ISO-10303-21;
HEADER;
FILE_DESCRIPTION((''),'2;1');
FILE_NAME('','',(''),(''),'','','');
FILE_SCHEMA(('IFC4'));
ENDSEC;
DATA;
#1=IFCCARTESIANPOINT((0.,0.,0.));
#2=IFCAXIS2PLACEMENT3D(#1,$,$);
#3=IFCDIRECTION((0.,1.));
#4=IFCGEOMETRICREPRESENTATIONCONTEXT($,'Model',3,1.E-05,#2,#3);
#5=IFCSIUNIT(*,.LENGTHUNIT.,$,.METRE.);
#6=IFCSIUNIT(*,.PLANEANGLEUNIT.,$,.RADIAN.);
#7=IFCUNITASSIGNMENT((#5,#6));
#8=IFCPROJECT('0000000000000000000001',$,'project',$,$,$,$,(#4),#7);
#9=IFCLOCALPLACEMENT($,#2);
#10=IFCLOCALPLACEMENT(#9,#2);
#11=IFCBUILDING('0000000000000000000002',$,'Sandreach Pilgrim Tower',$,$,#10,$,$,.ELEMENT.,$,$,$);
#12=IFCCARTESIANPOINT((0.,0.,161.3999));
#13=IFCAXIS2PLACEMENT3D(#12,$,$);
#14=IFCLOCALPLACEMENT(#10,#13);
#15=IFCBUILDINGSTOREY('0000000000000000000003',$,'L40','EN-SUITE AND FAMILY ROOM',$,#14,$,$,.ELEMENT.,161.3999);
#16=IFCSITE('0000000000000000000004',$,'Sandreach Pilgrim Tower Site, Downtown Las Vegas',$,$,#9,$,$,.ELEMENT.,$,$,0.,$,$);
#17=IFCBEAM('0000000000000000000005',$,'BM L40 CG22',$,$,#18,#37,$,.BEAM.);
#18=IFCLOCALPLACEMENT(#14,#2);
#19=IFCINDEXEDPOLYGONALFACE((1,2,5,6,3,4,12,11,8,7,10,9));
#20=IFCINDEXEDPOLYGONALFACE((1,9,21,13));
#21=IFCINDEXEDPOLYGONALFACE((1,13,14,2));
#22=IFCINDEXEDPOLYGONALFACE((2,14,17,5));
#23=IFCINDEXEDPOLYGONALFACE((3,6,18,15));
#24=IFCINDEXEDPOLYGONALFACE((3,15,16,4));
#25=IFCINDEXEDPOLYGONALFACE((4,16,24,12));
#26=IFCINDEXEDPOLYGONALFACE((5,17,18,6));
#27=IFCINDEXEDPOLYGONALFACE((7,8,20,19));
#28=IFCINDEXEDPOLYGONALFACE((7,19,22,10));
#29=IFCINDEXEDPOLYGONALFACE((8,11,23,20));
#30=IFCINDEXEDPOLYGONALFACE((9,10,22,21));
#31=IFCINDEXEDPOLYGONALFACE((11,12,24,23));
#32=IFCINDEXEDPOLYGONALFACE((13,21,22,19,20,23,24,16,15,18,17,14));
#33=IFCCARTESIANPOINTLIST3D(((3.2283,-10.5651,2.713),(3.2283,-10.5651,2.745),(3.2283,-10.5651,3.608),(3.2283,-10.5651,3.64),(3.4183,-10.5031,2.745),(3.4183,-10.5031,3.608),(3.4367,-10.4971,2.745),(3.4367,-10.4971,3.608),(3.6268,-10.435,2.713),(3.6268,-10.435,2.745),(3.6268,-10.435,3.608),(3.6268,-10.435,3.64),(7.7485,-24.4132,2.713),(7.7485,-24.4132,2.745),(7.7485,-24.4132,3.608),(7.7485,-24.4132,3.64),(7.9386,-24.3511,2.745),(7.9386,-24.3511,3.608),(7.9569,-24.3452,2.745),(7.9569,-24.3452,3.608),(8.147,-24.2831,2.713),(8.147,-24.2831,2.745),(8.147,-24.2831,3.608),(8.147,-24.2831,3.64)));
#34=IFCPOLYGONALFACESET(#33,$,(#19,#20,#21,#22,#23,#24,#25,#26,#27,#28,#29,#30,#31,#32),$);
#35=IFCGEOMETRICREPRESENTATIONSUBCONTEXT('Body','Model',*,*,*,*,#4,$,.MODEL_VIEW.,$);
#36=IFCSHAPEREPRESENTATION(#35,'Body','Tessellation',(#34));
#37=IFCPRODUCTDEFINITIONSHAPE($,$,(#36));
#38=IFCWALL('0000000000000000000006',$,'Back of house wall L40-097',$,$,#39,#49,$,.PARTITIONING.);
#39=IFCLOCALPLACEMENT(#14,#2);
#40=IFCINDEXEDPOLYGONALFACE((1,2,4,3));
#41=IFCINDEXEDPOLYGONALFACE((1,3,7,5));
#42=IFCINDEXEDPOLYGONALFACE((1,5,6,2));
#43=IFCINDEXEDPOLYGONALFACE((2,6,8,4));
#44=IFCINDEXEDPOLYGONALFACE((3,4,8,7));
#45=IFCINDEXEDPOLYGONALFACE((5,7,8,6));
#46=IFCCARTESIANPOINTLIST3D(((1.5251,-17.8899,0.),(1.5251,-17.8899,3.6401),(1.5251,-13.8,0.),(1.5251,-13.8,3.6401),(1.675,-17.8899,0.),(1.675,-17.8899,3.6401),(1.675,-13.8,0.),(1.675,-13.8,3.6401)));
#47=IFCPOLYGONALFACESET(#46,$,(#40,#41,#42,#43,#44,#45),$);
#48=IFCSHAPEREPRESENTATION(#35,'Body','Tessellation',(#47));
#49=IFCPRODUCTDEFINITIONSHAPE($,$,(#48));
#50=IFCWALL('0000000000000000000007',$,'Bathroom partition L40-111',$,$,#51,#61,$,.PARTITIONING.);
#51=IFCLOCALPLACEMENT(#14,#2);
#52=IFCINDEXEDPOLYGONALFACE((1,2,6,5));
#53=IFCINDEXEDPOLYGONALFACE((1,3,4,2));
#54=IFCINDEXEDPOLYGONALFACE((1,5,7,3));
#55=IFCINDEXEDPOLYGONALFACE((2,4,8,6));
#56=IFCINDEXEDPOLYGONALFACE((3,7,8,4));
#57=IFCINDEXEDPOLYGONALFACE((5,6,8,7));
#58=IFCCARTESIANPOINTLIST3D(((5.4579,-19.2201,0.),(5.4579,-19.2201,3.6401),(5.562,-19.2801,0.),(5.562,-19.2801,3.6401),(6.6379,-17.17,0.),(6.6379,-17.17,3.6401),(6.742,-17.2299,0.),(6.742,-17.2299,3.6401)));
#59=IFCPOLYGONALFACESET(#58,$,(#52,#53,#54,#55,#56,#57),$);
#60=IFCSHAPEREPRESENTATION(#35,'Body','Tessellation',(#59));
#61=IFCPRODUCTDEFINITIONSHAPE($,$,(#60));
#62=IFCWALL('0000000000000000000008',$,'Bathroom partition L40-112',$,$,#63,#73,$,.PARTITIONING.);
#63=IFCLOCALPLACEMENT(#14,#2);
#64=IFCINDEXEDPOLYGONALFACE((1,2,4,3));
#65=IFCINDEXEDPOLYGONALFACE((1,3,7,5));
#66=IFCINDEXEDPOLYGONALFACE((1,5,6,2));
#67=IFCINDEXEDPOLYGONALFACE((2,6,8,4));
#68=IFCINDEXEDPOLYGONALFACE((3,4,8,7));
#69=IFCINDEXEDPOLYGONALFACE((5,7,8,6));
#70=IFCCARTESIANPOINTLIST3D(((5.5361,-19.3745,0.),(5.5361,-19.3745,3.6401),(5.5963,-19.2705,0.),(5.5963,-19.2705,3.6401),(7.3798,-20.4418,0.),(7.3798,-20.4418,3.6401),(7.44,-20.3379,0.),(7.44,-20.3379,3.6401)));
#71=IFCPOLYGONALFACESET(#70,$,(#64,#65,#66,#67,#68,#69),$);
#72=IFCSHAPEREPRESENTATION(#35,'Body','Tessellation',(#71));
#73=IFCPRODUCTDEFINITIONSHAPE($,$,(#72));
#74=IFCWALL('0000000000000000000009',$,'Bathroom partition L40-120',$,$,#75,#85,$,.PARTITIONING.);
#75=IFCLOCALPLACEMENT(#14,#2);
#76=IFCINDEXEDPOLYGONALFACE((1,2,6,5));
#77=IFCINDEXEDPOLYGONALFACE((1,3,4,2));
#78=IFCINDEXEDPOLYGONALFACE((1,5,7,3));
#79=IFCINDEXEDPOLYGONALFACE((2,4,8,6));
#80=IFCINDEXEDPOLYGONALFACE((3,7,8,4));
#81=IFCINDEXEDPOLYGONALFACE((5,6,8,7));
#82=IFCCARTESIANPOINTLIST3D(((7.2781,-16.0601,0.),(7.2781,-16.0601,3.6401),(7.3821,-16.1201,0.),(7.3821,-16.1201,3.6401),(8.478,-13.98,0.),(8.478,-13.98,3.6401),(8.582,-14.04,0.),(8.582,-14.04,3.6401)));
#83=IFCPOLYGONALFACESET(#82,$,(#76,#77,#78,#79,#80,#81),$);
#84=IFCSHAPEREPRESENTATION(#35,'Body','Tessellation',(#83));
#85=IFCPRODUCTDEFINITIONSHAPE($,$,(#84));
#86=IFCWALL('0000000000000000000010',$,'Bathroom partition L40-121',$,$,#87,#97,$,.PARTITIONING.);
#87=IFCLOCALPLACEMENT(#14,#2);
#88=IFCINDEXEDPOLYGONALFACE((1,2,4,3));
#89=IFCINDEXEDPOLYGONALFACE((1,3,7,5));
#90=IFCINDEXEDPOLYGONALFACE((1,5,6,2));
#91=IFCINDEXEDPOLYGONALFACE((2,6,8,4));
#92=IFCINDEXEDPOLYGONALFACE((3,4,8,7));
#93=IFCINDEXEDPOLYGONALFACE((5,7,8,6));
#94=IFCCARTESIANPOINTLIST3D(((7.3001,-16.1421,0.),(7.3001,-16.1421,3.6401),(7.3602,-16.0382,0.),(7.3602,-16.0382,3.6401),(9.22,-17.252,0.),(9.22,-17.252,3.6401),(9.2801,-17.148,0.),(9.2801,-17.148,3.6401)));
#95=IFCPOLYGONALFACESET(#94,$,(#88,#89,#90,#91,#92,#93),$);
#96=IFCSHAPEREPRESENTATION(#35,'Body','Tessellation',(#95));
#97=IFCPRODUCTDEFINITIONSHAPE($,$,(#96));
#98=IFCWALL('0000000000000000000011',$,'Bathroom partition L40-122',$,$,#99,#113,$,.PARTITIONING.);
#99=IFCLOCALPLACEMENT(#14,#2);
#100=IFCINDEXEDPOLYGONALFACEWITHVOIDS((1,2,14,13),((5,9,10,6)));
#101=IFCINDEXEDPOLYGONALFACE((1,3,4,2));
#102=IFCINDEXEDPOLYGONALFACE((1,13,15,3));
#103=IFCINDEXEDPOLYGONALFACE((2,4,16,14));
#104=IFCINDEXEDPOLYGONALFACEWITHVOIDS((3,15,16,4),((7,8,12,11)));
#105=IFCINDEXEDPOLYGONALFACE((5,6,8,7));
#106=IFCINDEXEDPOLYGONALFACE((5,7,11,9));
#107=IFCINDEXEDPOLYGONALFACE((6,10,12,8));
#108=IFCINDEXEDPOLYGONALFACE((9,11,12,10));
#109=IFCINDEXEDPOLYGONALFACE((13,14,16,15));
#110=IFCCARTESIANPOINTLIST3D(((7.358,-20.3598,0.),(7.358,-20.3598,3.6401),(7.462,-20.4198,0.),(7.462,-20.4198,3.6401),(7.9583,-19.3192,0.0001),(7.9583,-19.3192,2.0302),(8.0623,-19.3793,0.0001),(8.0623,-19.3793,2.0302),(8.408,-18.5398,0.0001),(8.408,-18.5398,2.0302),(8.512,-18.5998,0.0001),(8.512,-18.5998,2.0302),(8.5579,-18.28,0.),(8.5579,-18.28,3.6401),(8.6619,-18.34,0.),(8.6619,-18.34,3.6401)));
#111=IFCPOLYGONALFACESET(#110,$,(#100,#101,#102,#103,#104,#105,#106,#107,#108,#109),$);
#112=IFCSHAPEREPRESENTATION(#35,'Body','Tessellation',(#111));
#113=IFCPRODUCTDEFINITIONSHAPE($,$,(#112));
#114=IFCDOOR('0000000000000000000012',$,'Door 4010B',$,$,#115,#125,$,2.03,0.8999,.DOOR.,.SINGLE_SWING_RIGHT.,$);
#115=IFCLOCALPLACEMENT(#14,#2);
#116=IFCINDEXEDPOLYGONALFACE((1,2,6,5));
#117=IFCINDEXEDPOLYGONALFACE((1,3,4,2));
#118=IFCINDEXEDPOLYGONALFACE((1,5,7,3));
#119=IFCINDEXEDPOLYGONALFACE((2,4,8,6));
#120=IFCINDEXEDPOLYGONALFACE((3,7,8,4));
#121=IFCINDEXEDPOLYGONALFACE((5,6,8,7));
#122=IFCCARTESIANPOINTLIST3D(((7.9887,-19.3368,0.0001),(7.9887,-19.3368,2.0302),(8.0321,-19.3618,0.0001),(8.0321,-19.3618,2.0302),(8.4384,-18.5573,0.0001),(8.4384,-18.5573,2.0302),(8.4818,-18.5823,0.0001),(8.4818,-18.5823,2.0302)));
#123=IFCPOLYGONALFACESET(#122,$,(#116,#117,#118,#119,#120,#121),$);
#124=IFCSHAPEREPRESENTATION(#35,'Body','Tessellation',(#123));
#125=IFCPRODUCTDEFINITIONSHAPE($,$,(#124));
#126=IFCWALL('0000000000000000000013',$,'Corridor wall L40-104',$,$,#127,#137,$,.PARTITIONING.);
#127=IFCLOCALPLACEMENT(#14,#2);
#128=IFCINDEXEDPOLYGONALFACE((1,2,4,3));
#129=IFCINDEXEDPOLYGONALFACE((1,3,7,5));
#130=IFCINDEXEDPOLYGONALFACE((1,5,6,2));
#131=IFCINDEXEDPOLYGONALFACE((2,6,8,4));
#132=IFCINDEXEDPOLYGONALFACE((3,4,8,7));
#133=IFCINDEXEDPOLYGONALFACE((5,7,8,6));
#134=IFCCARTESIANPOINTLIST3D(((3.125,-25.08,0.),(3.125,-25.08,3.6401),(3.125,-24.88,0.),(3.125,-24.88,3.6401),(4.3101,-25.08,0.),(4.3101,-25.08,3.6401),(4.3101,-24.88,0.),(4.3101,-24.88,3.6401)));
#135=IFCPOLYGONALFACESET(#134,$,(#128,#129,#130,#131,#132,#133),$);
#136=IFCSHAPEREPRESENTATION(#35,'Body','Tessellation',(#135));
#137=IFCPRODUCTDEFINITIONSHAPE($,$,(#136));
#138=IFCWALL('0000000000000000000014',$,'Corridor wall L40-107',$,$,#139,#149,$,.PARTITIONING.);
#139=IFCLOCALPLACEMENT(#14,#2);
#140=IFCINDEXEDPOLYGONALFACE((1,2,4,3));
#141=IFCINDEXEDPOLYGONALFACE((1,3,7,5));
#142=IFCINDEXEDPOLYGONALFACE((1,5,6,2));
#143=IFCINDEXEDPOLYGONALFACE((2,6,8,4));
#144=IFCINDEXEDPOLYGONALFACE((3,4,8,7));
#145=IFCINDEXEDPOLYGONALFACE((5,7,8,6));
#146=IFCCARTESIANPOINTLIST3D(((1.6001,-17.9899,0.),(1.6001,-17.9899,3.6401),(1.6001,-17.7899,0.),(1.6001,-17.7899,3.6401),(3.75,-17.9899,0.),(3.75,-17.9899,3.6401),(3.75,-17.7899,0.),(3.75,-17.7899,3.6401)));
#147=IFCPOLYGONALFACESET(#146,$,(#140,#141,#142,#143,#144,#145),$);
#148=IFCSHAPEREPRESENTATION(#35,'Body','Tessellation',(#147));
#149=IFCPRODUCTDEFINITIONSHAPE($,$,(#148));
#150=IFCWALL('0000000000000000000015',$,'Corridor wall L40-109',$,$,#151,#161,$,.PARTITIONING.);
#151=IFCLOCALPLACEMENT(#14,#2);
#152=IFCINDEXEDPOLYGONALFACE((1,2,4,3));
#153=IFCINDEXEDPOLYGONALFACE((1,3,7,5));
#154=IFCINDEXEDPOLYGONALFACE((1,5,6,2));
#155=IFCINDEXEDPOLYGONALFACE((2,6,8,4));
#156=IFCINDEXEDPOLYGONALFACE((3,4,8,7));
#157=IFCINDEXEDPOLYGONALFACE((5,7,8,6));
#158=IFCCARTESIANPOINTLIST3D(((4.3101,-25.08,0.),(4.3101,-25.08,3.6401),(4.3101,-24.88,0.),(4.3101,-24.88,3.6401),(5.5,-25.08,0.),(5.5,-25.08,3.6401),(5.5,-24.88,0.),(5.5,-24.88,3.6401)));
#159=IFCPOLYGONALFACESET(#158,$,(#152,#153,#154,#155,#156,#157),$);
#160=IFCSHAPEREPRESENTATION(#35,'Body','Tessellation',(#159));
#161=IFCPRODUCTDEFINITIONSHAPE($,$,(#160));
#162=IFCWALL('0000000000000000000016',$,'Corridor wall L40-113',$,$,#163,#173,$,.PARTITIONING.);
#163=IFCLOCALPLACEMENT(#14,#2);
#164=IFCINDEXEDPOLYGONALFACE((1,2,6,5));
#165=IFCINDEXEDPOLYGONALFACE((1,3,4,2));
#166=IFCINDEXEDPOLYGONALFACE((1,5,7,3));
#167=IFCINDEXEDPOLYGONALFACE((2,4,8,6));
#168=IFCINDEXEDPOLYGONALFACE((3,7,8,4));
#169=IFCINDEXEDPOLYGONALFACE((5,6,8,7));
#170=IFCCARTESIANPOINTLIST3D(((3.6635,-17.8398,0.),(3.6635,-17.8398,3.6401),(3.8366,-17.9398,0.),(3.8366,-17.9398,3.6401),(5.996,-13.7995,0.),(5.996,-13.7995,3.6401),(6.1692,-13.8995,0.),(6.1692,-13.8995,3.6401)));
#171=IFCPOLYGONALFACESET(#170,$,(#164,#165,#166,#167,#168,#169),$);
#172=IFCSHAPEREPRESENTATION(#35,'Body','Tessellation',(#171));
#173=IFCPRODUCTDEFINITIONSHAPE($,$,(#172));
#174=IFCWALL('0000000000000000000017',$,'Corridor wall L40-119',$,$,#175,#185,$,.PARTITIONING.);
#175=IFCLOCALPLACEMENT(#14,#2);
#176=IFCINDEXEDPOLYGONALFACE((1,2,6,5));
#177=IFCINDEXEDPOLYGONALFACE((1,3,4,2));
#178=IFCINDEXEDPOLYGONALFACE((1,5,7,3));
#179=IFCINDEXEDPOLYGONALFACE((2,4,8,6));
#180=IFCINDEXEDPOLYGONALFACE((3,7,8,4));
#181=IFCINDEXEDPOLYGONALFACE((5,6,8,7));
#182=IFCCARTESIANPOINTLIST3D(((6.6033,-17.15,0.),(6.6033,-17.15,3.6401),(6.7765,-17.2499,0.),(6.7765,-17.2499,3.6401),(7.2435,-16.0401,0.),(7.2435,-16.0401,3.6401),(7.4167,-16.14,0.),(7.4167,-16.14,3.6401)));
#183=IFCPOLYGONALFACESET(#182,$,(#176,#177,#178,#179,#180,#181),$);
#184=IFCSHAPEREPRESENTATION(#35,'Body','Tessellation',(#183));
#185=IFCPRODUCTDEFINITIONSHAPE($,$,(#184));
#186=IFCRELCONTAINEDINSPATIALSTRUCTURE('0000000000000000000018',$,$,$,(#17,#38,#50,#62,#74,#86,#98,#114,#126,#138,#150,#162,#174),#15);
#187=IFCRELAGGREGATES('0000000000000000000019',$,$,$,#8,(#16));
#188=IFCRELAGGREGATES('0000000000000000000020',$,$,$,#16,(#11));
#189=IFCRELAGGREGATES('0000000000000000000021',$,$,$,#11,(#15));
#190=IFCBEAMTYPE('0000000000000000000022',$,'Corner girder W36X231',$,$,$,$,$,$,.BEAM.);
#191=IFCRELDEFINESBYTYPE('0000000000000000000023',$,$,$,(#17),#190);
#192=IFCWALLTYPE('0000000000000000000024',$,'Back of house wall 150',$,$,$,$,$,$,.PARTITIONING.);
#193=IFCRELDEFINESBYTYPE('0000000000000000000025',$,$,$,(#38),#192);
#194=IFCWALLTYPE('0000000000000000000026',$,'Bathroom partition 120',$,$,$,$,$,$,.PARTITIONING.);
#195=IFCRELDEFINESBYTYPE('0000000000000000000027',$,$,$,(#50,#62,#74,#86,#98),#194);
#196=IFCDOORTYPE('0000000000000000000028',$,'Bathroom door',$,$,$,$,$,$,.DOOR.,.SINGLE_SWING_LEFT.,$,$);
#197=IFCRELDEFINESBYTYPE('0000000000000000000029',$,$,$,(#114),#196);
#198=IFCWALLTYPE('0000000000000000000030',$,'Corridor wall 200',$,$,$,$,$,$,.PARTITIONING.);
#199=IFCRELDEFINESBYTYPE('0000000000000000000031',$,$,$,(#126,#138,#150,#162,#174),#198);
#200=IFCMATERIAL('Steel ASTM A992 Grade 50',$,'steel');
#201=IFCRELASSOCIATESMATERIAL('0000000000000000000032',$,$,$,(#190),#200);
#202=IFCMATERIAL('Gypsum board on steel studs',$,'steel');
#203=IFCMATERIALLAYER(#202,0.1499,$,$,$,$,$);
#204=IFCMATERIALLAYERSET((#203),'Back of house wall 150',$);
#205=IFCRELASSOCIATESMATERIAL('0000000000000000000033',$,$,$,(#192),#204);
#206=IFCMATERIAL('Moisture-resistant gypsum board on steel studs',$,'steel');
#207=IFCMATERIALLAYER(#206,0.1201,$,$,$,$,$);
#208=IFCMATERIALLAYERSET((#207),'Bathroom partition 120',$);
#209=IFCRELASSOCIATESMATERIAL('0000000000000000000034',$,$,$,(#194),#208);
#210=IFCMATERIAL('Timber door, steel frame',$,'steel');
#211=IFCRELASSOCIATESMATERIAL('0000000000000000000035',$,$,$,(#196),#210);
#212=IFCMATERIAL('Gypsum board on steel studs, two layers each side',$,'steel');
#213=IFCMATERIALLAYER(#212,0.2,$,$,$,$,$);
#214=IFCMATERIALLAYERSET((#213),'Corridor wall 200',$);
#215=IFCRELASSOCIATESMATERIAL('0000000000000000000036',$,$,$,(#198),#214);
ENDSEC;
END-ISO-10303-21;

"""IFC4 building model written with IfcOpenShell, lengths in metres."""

from ifc_helpers import new_model, si_unit, direction, frame, frame_2d, origin, origin_2d, place, context, subcontext, project, spatial, rectangle, i_section, extrude, material, layer, layer_set, material_profile, profile_set, type_object, element, fill, save


model = new_model("IFC4")

# Units and contexts
model_context = context("Model", 3, precision=1e-05, world=origin(), true_north=direction((0.0, 1.0)))
body_context = subcontext(model_context, "Body", "Model", "MODEL_VIEW")
ifc_project = project(units=[si_unit("LENGTHUNIT", "METRE"), si_unit("PLANEANGLEUNIT", "RADIAN")], contexts=[model_context])

# Site, building, storey
site_placement = place(None, origin())
site = spatial("IfcSite", under=ifc_project, at=site_placement, Name="Sandreach Pilgrim Tower Site, Downtown Las Vegas", CompositionType="ELEMENT", RefElevation=0.0)
building_placement = place(site_placement, origin())
building = spatial("IfcBuilding", under=site, at=building_placement, Name="Sandreach Pilgrim Tower", CompositionType="ELEMENT")
storey_placement = place(building_placement, frame((0.0, 0.0, 161.3999)))
storey = spatial("IfcBuildingStorey", under=building, at=storey_placement, Name="L40", Description="EN-SUITE AND FAMILY ROOM", CompositionType="ELEMENT", Elevation=161.3999)

# Beam
ifc_material_1 = material(Name="Steel ASTM A992 Grade 50", Category="steel")
ifc_material_profile = material_profile(ifc_material_1, i_section(OverallWidth=0.4192, OverallDepth=0.927, WebThickness=0.0193, FlangeThickness=0.032, at=origin_2d()), Name="W36X231")
ifc_profile_set = profile_set([ifc_material_profile], Name="Steel ASTM A992 Grade 50")
beam_type = type_object("IfcBeamType", Name="Corner girder W36X231", PredefinedType="BEAM", material=ifc_profile_set)
beam_placement = place(storey_placement, frame((7.9478, -24.3481, 3.1765), z_axis=(-0.310304, 0.950637, 0.0), x_axis=(-0.950637, -0.310304, 0.0)))
element("IfcBeam", 1, at=beam_placement, inside=storey, type_object=beam_type, Name="BM L40 CG22", PredefinedType="BEAM", context=body_context, shape_type="SweptSolid", body=[
    extrude(i_section(OverallWidth=0.4192, OverallDepth=0.927, WebThickness=0.0193, FlangeThickness=0.032, at=origin_2d()), origin(), (0.0, 0.0, 1.0), 14.5671),
])

# Walls
ifc_material_2 = material(Name="Gypsum board on steel studs", Category="steel")
ifc_layer_1 = layer(ifc_material_2, 0.1499)
ifc_layer_set_1 = layer_set([ifc_layer_1], Name="Back of house wall 150")
wall_type_1 = type_object("IfcWallType", Name="Back of house wall 150", PredefinedType="PARTITIONING", material=ifc_layer_set_1)
wall_1_placement = place(storey_placement, frame((1.6001, -13.8, 0.0), z_axis=(0.0, 0.0, 1.0), x_axis=(0.0, -1.0, 0.0)))
element("IfcWall", 2, at=wall_1_placement, inside=storey, type_object=wall_type_1, Name="Back of house wall L40-097", PredefinedType="PARTITIONING", context=body_context, shape_type="SweptSolid", body=[
    extrude(rectangle(XDim=4.0898, YDim=0.1499, at=frame_2d((2.0449, 0.0))), origin(), (0.0, 0.0, 1.0), 3.6401),
])
ifc_material_3 = material(Name="Moisture-resistant gypsum board on steel studs", Category="steel")
ifc_layer_2 = layer(ifc_material_3, 0.1201)
ifc_layer_set_2 = layer_set([ifc_layer_2], Name="Bathroom partition 120")
wall_type_2 = type_object("IfcWallType", Name="Bathroom partition 120", PredefinedType="PARTITIONING", material=ifc_layer_set_2)
wall_2_placement = place(storey_placement, frame((5.51, -19.25, 0.0), z_axis=(0.0, 0.0, 1.0), x_axis=(0.498838, 0.866695, 0.0)))
element("IfcWall", 3, at=wall_2_placement, inside=storey, type_object=wall_type_2, Name="Bathroom partition L40-111", PredefinedType="PARTITIONING", context=body_context, shape_type="SweptSolid", body=[
    extrude(rectangle(XDim=2.3655, YDim=0.1201, at=frame_2d((1.1826, 0.0))), origin(), (0.0, 0.0, 1.0), 3.6401),
])
wall_3_placement = place(storey_placement, frame((5.5662, -19.3225, 0.0), z_axis=(0.0, 0.0, 1.0), x_axis=(0.865437, -0.501018, 0.0)))
element("IfcWall", 4, at=wall_3_placement, inside=storey, type_object=wall_type_2, Name="Bathroom partition L40-112", PredefinedType="PARTITIONING", context=body_context, shape_type="SweptSolid", body=[
    extrude(rectangle(XDim=2.1304, YDim=0.1201, at=frame_2d((1.0652, 0.0))), origin(), (0.0, 0.0, 1.0), 3.6401),
])
wall_4_placement = place(storey_placement, frame((7.3301, -16.0901, 0.0), z_axis=(0.0, 0.0, 1.0), x_axis=(0.499693, 0.866203, 0.0)))
element("IfcWall", 5, at=wall_4_placement, inside=storey, type_object=wall_type_2, Name="Bathroom partition L40-120", PredefinedType="PARTITIONING", context=body_context, shape_type="SweptSolid", body=[
    extrude(rectangle(XDim=2.4014, YDim=0.1201, at=frame_2d((1.2007, 0.0))), origin(), (0.0, 0.0, 1.0), 3.6401),
])
wall_5_placement = place(storey_placement, frame((7.3301, -16.0901, 0.0), z_axis=(0.0, 0.0, 1.0), x_axis=(0.865753, -0.500472, 0.0)))
element("IfcWall", 6, at=wall_5_placement, inside=storey, type_object=wall_type_2, Name="Bathroom partition L40-121", PredefinedType="PARTITIONING", context=body_context, shape_type="SweptSolid", body=[
    extrude(rectangle(XDim=2.2175, YDim=0.1201, at=frame_2d((1.1089, 0.0))), origin(), (0.0, 0.0, 1.0), 3.6401),
])

# Wall, opening, door
wall_6_placement = place(storey_placement, frame((7.4099, -20.3899, 0.0), z_axis=(0.0, 0.0, 1.0), x_axis=(0.499737, 0.866177, 0.0)))
wall_6 = element("IfcWall", 7, at=wall_6_placement, inside=storey, type_object=wall_type_2, Name="Bathroom partition L40-122", PredefinedType="PARTITIONING", context=body_context, shape_type="SweptSolid", body=[
    extrude(rectangle(XDim=2.4011, YDim=0.1201, at=frame_2d((1.2007, 0.0))), origin(), (0.0, 0.0, 1.0), 3.6401),
])
opening_1_placement = place(wall_6_placement, frame((1.2014, 0.0, 0.0)))
opening_1 = element("IfcOpeningElement", 8, at=opening_1_placement, cuts=wall_6, PredefinedType="OPENING", context=body_context, shape_type="SweptSolid", body=[
    extrude(rectangle(XDim=0.8999, YDim=2.03, at=frame_2d((0.45, 1.0151))), frame((0.0, 0.0601, 0.0), z_axis=(0.0, -1.0, 0.0), x_axis=(1.0, 0.0, 0.0)), (0.0, 0.0, 1.0), 0.1201),
])
ifc_material_4 = material(Name="Timber door, steel frame", Category="steel")
door_type_1 = type_object("IfcDoorType", Name="Bathroom door", OperationType="SINGLE_SWING_LEFT", PredefinedType="DOOR", material=ifc_material_4)
door_1_placement = place(opening_1_placement, origin())
door_1 = element("IfcDoor", 9, at=door_1_placement, inside=storey, type_object=door_type_1, Name="Door 4010B", OperationType="SINGLE_SWING_RIGHT", OverallHeight=2.03, OverallWidth=0.8999, PredefinedType="DOOR", context=body_context, shape_type="SweptSolid", body=[
    extrude(rectangle(XDim=0.8999, YDim=2.03, at=frame_2d((0.45, 1.0151))), frame((0.0, 0.0249, 0.0), z_axis=(0.0, -1.0, 0.0), x_axis=(1.0, 0.0, 0.0)), (0.0, 0.0, 1.0), 0.05),
])
fill(opening_1, door_1)
ifc_material_5 = material(Name="Gypsum board on steel studs, two layers each side", Category="steel")
ifc_layer_3 = layer(ifc_material_5, 0.2)
ifc_layer_set_3 = layer_set([ifc_layer_3], Name="Corridor wall 200")
wall_type_3 = type_object("IfcWallType", Name="Corridor wall 200", PredefinedType="PARTITIONING", material=ifc_layer_set_3)

# Walls
wall_7_placement = place(storey_placement, frame((3.125, -24.98, 0.0), z_axis=(0.0, 0.0, 1.0), x_axis=(1.0, 0.0, 0.0)))
element("IfcWall", 10, at=wall_7_placement, inside=storey, type_object=wall_type_3, Name="Corridor wall L40-104", PredefinedType="PARTITIONING", context=body_context, shape_type="SweptSolid", body=[
    extrude(rectangle(XDim=1.1851, YDim=0.2, at=frame_2d((0.5925, 0.0))), origin(), (0.0, 0.0, 1.0), 3.6401),
])
wall_8_placement = place(storey_placement, frame((3.75, -17.8899, 0.0), z_axis=(0.0, 0.0, 1.0), x_axis=(-1.0, 0.0, 0.0)))
element("IfcWall", 11, at=wall_8_placement, inside=storey, type_object=wall_type_3, Name="Corridor wall L40-107", PredefinedType="PARTITIONING", context=body_context, shape_type="SweptSolid", body=[
    extrude(rectangle(XDim=2.1499, YDim=0.2, at=frame_2d((1.075, 0.0))), origin(), (0.0, 0.0, 1.0), 3.6401),
])
wall_9_placement = place(storey_placement, frame((4.3101, -24.98, 0.0), z_axis=(0.0, 0.0, 1.0), x_axis=(1.0, 0.0, 0.0)))
element("IfcWall", 12, at=wall_9_placement, inside=storey, type_object=wall_type_3, Name="Corridor wall L40-109", PredefinedType="PARTITIONING", context=body_context, shape_type="SweptSolid", body=[
    extrude(rectangle(XDim=1.1899, YDim=0.2, at=frame_2d((0.595, 0.0))), origin(), (0.0, 0.0, 1.0), 3.6401),
])

# Walls
wall_10_placement = place(storey_placement, frame((6.0825, -13.8496, 0.0), z_axis=(0.0, 0.0, 1.0), x_axis=(-0.499978, -0.866038, 0.0)))
element("IfcWall", 13, at=wall_10_placement, inside=storey, type_object=wall_type_3, Name="Corridor wall L40-113", PredefinedType="PARTITIONING", context=body_context, shape_type="SweptSolid", body=[
    extrude(rectangle(XDim=4.6653, YDim=0.2, at=frame_2d((2.3325, 0.0))), origin(), (0.0, 0.0, 1.0), 3.6401),
])
wall_11_placement = place(storey_placement, frame((6.6899, -17.2, 0.0), z_axis=(0.0, 0.0, 1.0), x_axis=(0.499623, 0.866243, 0.0)))
element("IfcWall", 14, at=wall_11_placement, inside=storey, type_object=wall_type_3, Name="Corridor wall L40-119", PredefinedType="PARTITIONING", context=body_context, shape_type="SweptSolid", body=[
    extrude(rectangle(XDim=1.2812, YDim=0.2, at=frame_2d((0.6406, 0.0))), origin(), (0.0, 0.0, 1.0), 3.6401),
])

save(model, "model.ifc")
